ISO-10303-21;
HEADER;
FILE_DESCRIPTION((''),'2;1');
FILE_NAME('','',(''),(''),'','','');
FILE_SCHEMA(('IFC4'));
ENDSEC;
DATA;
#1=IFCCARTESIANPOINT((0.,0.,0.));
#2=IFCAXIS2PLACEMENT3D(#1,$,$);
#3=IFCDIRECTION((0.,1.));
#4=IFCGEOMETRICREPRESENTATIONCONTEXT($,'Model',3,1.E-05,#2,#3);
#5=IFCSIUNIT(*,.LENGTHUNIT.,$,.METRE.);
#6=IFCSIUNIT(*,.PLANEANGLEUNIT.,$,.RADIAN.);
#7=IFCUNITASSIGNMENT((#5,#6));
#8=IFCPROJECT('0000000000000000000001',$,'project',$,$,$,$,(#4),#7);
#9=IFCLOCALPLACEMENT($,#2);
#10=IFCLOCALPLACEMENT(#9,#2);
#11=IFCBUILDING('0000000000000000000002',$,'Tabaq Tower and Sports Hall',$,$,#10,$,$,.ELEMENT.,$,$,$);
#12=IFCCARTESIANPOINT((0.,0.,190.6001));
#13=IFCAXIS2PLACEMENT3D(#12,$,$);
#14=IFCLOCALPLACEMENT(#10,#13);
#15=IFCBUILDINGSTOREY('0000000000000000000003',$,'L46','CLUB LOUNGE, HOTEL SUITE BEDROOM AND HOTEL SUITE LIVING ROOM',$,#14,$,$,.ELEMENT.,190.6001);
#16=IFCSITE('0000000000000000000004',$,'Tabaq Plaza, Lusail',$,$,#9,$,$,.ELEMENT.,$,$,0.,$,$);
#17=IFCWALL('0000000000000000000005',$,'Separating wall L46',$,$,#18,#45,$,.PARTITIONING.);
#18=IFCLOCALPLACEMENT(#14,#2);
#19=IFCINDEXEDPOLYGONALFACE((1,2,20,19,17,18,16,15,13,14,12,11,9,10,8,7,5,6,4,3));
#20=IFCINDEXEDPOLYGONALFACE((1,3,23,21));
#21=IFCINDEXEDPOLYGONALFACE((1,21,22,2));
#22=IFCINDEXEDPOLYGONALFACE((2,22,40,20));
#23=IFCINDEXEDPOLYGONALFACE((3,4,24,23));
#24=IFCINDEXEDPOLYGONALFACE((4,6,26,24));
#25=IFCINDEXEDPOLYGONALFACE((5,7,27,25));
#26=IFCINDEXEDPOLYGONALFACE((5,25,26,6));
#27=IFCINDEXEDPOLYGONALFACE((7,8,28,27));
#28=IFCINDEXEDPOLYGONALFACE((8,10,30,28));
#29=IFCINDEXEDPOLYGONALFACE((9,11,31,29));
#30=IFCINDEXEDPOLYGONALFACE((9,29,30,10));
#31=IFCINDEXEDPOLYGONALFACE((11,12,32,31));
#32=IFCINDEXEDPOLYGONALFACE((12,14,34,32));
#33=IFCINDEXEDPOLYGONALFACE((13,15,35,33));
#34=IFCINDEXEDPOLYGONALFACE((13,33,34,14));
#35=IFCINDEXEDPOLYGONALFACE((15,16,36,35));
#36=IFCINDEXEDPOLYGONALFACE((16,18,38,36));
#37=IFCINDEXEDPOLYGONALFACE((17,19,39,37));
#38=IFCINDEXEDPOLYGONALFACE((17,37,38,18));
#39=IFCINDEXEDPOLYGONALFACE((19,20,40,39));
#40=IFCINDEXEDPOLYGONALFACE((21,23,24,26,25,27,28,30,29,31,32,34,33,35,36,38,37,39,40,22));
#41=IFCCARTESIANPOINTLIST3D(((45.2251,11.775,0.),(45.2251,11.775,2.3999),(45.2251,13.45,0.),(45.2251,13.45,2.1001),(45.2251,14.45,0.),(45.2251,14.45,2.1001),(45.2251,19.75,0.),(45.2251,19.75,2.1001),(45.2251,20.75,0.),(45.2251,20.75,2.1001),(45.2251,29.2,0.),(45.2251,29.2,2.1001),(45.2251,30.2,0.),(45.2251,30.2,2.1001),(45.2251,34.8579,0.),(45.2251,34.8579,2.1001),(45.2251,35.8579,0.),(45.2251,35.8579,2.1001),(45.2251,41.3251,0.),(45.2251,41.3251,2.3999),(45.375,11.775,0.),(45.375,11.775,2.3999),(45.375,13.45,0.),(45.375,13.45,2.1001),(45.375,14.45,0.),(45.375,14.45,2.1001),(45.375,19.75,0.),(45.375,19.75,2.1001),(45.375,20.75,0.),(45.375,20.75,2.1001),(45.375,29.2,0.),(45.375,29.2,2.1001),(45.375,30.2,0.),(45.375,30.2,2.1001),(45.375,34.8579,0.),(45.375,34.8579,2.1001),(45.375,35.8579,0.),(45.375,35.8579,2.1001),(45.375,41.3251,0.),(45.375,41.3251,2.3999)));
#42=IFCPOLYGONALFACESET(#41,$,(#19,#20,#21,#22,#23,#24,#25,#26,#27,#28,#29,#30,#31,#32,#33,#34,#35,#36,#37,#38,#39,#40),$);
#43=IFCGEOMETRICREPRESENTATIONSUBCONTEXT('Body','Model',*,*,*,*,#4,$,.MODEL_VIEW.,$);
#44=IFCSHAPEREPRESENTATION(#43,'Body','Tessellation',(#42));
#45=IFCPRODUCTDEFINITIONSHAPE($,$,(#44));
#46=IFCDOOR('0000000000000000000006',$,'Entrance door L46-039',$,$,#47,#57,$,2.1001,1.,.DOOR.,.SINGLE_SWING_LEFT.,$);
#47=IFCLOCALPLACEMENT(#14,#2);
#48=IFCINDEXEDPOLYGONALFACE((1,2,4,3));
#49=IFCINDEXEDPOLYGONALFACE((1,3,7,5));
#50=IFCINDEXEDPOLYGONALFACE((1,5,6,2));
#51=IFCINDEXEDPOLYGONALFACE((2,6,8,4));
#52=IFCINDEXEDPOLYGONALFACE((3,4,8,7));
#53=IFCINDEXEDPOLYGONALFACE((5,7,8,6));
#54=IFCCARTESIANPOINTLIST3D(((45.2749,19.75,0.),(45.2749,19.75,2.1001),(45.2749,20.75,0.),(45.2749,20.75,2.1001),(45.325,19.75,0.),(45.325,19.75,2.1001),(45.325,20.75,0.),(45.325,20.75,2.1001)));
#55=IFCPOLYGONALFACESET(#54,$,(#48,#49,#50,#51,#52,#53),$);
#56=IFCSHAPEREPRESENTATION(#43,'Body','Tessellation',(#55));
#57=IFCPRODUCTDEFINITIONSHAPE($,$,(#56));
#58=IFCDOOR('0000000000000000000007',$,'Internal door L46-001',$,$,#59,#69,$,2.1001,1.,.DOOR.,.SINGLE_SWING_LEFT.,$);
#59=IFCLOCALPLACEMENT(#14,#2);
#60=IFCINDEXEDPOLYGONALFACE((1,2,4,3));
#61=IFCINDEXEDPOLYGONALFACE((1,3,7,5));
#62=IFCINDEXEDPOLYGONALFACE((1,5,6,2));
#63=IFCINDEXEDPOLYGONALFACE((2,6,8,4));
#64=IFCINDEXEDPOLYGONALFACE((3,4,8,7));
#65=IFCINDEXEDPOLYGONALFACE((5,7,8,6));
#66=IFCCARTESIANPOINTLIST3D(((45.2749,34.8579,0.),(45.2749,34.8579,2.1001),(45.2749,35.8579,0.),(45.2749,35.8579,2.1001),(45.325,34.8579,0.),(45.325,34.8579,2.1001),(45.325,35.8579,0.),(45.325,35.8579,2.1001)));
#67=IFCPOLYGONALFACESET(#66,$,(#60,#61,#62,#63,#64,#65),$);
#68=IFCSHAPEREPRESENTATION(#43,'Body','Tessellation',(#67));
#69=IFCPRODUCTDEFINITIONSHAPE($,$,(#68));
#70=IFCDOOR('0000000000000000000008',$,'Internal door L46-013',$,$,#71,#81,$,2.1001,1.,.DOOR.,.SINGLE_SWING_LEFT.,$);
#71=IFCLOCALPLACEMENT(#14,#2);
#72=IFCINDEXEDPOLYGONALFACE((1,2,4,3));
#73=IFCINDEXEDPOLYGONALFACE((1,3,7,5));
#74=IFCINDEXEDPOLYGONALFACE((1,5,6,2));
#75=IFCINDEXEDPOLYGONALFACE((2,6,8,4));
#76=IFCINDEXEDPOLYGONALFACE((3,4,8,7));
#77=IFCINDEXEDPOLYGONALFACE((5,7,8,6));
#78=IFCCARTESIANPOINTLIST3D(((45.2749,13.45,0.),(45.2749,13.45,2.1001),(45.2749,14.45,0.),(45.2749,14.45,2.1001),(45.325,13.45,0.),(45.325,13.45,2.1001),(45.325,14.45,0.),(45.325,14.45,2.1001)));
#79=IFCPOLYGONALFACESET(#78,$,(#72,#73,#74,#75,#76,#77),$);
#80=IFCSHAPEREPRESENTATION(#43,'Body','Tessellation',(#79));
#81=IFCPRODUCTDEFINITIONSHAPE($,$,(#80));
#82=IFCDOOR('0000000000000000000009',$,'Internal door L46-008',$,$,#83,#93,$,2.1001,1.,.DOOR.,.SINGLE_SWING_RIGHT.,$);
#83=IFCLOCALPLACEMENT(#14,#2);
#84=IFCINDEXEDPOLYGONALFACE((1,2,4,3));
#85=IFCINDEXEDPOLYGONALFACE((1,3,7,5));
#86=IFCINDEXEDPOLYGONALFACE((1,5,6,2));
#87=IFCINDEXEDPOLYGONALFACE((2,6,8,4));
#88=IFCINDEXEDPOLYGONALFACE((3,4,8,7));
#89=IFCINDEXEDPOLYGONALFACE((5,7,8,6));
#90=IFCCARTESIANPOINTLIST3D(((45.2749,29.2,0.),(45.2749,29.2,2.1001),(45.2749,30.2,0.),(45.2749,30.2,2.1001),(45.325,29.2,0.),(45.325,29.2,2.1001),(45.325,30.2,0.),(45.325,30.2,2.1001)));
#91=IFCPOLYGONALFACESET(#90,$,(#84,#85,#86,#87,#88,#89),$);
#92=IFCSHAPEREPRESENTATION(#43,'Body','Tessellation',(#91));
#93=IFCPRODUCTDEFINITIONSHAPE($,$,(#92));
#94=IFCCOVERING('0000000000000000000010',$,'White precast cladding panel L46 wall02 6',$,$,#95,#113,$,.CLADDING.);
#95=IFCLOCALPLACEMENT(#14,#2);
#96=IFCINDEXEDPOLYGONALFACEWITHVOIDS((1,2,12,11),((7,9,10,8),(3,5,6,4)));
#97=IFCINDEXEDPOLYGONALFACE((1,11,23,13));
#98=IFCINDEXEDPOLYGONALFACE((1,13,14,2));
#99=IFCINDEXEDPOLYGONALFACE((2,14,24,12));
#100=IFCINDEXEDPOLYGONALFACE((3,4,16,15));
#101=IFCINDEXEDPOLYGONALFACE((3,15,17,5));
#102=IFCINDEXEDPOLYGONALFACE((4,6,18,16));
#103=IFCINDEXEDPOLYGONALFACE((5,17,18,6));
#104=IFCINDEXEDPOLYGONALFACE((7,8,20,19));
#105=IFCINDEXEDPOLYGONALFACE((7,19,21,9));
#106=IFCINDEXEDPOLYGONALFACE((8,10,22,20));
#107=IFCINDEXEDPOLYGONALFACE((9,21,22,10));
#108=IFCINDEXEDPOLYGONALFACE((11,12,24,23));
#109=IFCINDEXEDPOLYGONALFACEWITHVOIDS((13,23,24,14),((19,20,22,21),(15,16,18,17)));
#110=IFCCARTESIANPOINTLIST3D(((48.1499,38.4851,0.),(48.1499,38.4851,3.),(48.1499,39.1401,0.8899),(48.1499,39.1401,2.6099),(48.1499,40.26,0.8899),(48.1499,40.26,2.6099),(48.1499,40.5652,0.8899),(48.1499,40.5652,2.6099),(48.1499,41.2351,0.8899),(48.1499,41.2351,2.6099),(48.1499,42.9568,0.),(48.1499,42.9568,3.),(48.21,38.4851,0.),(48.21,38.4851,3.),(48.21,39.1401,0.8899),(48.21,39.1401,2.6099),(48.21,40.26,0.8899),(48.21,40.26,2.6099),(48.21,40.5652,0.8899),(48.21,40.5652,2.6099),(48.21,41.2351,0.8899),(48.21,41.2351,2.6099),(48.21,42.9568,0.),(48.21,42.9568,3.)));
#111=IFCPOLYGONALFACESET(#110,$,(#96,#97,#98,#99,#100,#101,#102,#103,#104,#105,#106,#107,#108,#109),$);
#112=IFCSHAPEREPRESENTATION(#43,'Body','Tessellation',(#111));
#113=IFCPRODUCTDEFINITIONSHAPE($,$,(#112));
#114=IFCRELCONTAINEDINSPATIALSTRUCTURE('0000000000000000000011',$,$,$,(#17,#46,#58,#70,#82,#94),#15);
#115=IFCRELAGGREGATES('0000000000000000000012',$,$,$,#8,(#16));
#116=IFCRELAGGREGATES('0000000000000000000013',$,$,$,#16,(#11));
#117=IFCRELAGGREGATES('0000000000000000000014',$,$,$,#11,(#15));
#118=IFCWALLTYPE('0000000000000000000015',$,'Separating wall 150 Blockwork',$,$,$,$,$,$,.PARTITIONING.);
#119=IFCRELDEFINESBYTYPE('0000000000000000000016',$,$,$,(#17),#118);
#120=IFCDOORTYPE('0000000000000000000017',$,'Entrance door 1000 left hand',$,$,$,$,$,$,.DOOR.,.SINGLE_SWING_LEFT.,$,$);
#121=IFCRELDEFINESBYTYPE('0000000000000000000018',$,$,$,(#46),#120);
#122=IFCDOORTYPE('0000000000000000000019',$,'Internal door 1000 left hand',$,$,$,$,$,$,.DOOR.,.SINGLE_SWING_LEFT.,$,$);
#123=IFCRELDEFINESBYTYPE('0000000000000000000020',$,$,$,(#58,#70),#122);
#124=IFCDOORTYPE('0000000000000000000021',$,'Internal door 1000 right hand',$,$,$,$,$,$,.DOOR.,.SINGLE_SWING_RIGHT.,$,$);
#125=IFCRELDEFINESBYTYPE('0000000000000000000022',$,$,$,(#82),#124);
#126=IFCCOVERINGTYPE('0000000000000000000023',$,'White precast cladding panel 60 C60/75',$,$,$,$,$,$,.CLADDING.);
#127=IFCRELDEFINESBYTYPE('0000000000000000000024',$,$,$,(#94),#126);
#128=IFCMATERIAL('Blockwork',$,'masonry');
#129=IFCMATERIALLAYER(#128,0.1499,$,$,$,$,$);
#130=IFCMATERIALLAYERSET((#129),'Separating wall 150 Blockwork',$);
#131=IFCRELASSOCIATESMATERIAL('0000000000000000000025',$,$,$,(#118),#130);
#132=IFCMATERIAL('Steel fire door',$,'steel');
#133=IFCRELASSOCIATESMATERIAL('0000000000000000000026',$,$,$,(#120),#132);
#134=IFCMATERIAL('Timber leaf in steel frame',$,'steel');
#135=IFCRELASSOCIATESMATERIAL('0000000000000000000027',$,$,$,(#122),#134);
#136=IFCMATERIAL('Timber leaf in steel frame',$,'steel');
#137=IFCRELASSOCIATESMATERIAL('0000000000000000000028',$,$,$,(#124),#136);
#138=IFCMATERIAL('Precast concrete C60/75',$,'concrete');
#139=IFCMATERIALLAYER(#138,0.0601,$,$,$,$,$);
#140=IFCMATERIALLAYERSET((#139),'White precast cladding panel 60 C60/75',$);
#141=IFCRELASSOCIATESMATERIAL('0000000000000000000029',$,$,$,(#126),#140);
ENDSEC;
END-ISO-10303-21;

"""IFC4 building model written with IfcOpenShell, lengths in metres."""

from ifc_helpers import new_model, si_unit, direction, frame, frame_2d, origin, place, context, subcontext, project, spatial, polyline, rectangle, outline, extrude, material, layer, layer_set, type_object, element, fill, save


model = new_model("IFC4")

# Units and contexts
model_context = context("Model", 3, precision=1e-05, world=origin(), true_north=direction((0.0, 1.0)))
body_context = subcontext(model_context, "Body", "Model", "MODEL_VIEW")
ifc_project = project(units=[si_unit("LENGTHUNIT", "METRE"), si_unit("PLANEANGLEUNIT", "RADIAN")], contexts=[model_context])

# Site, building, storey
site_placement = place(None, origin())
site = spatial("IfcSite", under=ifc_project, at=site_placement, Name="Tabaq Plaza, Lusail", CompositionType="ELEMENT", RefElevation=0.0)
building_placement = place(site_placement, origin())
building = spatial("IfcBuilding", under=site, at=building_placement, Name="Tabaq Tower and Sports Hall", CompositionType="ELEMENT")
storey_placement = place(building_placement, frame((0.0, 0.0, 190.6001)))
storey = spatial("IfcBuildingStorey", under=building, at=storey_placement, Name="L46", Description="CLUB LOUNGE, HOTEL SUITE BEDROOM AND HOTEL SUITE LIVING ROOM", CompositionType="ELEMENT", Elevation=190.6001)

# Shared definitions
ifc_material_1 = material(Name="Blockwork", Category="masonry")
ifc_layer_1 = layer(ifc_material_1, 0.1499)
ifc_layer_set_1 = layer_set([ifc_layer_1], Name="Separating wall 150 Blockwork")
wall_type = type_object("IfcWallType", Name="Separating wall 150 Blockwork", PredefinedType="PARTITIONING", material=ifc_layer_set_1)
ifc_material_2 = material(Name="Steel fire door", Category="steel")
door_type_1 = type_object("IfcDoorType", Name="Entrance door 1000 left hand", OperationType="SINGLE_SWING_LEFT", PredefinedType="DOOR", material=ifc_material_2)
ifc_material_3 = material(Name="Timber leaf in steel frame", Category="steel")
door_type_2 = type_object("IfcDoorType", Name="Internal door 1000 left hand", OperationType="SINGLE_SWING_LEFT", PredefinedType="DOOR", material=ifc_material_3)
ifc_material_4 = material(Name="Timber leaf in steel frame", Category="steel")
door_type_3 = type_object("IfcDoorType", Name="Internal door 1000 right hand", OperationType="SINGLE_SWING_RIGHT", PredefinedType="DOOR", material=ifc_material_4)

# Wall, openings, doors
wall_1_placement = place(storey_placement, frame((45.3, 41.325, 0.0), z_axis=(0.0, 0.0, 1.0), x_axis=(0.0, -1.0, 0.0)))
wall_1 = element("IfcWall", 1, at=wall_1_placement, inside=storey, type_object=wall_type, Name="Separating wall L46", PredefinedType="PARTITIONING", context=body_context, shape_type="SweptSolid", body=[
    extrude(rectangle(XDim=29.55, YDim=0.1499, at=frame_2d((14.7749, 0.0))), origin(), (0.0, 0.0, 1.0), 2.3999),
])
opening_1_placement = place(wall_1_placement, frame((5.467, 0.0, 0.0)))
opening_1 = element("IfcOpeningElement", 2, at=opening_1_placement, cuts=wall_1, PredefinedType="OPENING", context=body_context, shape_type="SweptSolid", body=[
    extrude(rectangle(XDim=1.0, YDim=2.1001, at=frame_2d((0.5, 1.05))), frame((0.0, 0.075, 0.0), z_axis=(0.0, -1.0, 0.0), x_axis=(1.0, 0.0, 0.0)), (0.0, 0.0, 1.0), 0.1499),
])
opening_2_placement = place(wall_1_placement, frame((11.125, 0.0, 0.0)))
opening_2 = element("IfcOpeningElement", 3, at=opening_2_placement, cuts=wall_1, PredefinedType="OPENING", context=body_context, shape_type="SweptSolid", body=[
    extrude(rectangle(XDim=1.0, YDim=2.1001, at=frame_2d((0.5, 1.05))), frame((0.0, 0.075, 0.0), z_axis=(0.0, -1.0, 0.0), x_axis=(1.0, 0.0, 0.0)), (0.0, 0.0, 1.0), 0.1499),
])
opening_3_placement = place(wall_1_placement, frame((26.875, 0.0, 0.0)))
opening_3 = element("IfcOpeningElement", 4, at=opening_3_placement, cuts=wall_1, PredefinedType="OPENING", context=body_context, shape_type="SweptSolid", body=[
    extrude(rectangle(XDim=1.0, YDim=2.1001, at=frame_2d((0.5, 1.05))), frame((0.0, 0.075, 0.0), z_axis=(0.0, -1.0, 0.0), x_axis=(1.0, 0.0, 0.0)), (0.0, 0.0, 1.0), 0.1499),
])
opening_4_placement = place(wall_1_placement, frame((20.575, 0.0, 0.0)))
opening_4 = element("IfcOpeningElement", 5, at=opening_4_placement, cuts=wall_1, PredefinedType="OPENING", context=body_context, shape_type="SweptSolid", body=[
    extrude(rectangle(XDim=1.0, YDim=2.1001, at=frame_2d((0.5, 1.05))), frame((0.0, 0.075, 0.0), z_axis=(0.0, -1.0, 0.0), x_axis=(1.0, 0.0, 0.0)), (0.0, 0.0, 1.0), 0.1499),
])
door_1_placement = place(opening_4_placement, origin())
door_1 = element("IfcDoor", 6, at=door_1_placement, inside=storey, type_object=door_type_1, Name="Entrance door L46-039", OperationType="SINGLE_SWING_LEFT", OverallHeight=2.1001, OverallWidth=1.0, PredefinedType="DOOR", context=body_context, shape_type="SweptSolid", body=[
    extrude(rectangle(XDim=1.0, YDim=2.1001, at=frame_2d((0.5, 1.05))), frame((0.0, 0.0249, 0.0), z_axis=(0.0, -1.0, 0.0), x_axis=(1.0, 0.0, 0.0)), (0.0, 0.0, 1.0), 0.05),
])
fill(opening_4, door_1)
door_2_placement = place(opening_1_placement, origin())
door_2 = element("IfcDoor", 7, at=door_2_placement, inside=storey, type_object=door_type_2, Name="Internal door L46-001", OperationType="SINGLE_SWING_LEFT", OverallHeight=2.1001, OverallWidth=1.0, PredefinedType="DOOR", context=body_context, shape_type="SweptSolid", body=[
    extrude(rectangle(XDim=1.0, YDim=2.1001, at=frame_2d((0.5, 1.05))), frame((0.0, 0.0249, 0.0), z_axis=(0.0, -1.0, 0.0), x_axis=(1.0, 0.0, 0.0)), (0.0, 0.0, 1.0), 0.05),
])
fill(opening_1, door_2)
door_3_placement = place(opening_3_placement, origin())
door_3 = element("IfcDoor", 8, at=door_3_placement, inside=storey, type_object=door_type_2, Name="Internal door L46-013", OperationType="SINGLE_SWING_LEFT", OverallHeight=2.1001, OverallWidth=1.0, PredefinedType="DOOR", context=body_context, shape_type="SweptSolid", body=[
    extrude(rectangle(XDim=1.0, YDim=2.1001, at=frame_2d((0.5, 1.05))), frame((0.0, 0.0249, 0.0), z_axis=(0.0, -1.0, 0.0), x_axis=(1.0, 0.0, 0.0)), (0.0, 0.0, 1.0), 0.05),
])
fill(opening_3, door_3)
door_4_placement = place(opening_2_placement, origin())
door_4 = element("IfcDoor", 9, at=door_4_placement, inside=storey, type_object=door_type_3, Name="Internal door L46-008", OperationType="SINGLE_SWING_RIGHT", OverallHeight=2.1001, OverallWidth=1.0, PredefinedType="DOOR", context=body_context, shape_type="SweptSolid", body=[
    extrude(rectangle(XDim=1.0, YDim=2.1001, at=frame_2d((0.5, 1.05))), frame((0.0, 0.0249, 0.0), z_axis=(0.0, -1.0, 0.0), x_axis=(1.0, 0.0, 0.0)), (0.0, 0.0, 1.0), 0.05),
])
fill(opening_2, door_4)

# Covering
ifc_material_5 = material(Name="Precast concrete C60/75", Category="concrete")
ifc_layer_2 = layer(ifc_material_5, 0.0601)
ifc_layer_set_2 = layer_set([ifc_layer_2], Name="White precast cladding panel 60 C60/75")
covering_type = type_object("IfcCoveringType", Name="White precast cladding panel 60 C60/75", PredefinedType="CLADDING", material=ifc_layer_set_2)
covering_placement = place(storey_placement, frame((48.1799, 38.4851, 0.0), z_axis=(0.0, 0.0, 1.0), x_axis=(0.0, 1.0, 0.0)))
element("IfcCovering", 10, at=covering_placement, inside=storey, type_object=covering_type, Name="White precast cladding panel L46 wall02 6", PredefinedType="CLADDING", context=body_context, shape_type="SweptSolid", body=[
    extrude(outline(polyline([(0.0, 0.0), (4.4717, 0.0), (4.4717, 3.0), (0.0, 3.0), (0.0, 0.0)]), holes=[polyline([(0.655, 2.6099), (1.7749, 2.6099), (1.7749, 0.8899), (0.655, 0.8899), (0.655, 2.6099)]), polyline([(2.0801, 2.6099), (2.75, 2.6099), (2.75, 0.8899), (2.0801, 0.8899), (2.0801, 2.6099)])]), frame((0.0, 0.03, 0.0), z_axis=(0.0, -1.0, 0.0), x_axis=(1.0, 0.0, 0.0)), (0.0, 0.0, 1.0), 0.0601),
])

save(model, "model.ifc")
